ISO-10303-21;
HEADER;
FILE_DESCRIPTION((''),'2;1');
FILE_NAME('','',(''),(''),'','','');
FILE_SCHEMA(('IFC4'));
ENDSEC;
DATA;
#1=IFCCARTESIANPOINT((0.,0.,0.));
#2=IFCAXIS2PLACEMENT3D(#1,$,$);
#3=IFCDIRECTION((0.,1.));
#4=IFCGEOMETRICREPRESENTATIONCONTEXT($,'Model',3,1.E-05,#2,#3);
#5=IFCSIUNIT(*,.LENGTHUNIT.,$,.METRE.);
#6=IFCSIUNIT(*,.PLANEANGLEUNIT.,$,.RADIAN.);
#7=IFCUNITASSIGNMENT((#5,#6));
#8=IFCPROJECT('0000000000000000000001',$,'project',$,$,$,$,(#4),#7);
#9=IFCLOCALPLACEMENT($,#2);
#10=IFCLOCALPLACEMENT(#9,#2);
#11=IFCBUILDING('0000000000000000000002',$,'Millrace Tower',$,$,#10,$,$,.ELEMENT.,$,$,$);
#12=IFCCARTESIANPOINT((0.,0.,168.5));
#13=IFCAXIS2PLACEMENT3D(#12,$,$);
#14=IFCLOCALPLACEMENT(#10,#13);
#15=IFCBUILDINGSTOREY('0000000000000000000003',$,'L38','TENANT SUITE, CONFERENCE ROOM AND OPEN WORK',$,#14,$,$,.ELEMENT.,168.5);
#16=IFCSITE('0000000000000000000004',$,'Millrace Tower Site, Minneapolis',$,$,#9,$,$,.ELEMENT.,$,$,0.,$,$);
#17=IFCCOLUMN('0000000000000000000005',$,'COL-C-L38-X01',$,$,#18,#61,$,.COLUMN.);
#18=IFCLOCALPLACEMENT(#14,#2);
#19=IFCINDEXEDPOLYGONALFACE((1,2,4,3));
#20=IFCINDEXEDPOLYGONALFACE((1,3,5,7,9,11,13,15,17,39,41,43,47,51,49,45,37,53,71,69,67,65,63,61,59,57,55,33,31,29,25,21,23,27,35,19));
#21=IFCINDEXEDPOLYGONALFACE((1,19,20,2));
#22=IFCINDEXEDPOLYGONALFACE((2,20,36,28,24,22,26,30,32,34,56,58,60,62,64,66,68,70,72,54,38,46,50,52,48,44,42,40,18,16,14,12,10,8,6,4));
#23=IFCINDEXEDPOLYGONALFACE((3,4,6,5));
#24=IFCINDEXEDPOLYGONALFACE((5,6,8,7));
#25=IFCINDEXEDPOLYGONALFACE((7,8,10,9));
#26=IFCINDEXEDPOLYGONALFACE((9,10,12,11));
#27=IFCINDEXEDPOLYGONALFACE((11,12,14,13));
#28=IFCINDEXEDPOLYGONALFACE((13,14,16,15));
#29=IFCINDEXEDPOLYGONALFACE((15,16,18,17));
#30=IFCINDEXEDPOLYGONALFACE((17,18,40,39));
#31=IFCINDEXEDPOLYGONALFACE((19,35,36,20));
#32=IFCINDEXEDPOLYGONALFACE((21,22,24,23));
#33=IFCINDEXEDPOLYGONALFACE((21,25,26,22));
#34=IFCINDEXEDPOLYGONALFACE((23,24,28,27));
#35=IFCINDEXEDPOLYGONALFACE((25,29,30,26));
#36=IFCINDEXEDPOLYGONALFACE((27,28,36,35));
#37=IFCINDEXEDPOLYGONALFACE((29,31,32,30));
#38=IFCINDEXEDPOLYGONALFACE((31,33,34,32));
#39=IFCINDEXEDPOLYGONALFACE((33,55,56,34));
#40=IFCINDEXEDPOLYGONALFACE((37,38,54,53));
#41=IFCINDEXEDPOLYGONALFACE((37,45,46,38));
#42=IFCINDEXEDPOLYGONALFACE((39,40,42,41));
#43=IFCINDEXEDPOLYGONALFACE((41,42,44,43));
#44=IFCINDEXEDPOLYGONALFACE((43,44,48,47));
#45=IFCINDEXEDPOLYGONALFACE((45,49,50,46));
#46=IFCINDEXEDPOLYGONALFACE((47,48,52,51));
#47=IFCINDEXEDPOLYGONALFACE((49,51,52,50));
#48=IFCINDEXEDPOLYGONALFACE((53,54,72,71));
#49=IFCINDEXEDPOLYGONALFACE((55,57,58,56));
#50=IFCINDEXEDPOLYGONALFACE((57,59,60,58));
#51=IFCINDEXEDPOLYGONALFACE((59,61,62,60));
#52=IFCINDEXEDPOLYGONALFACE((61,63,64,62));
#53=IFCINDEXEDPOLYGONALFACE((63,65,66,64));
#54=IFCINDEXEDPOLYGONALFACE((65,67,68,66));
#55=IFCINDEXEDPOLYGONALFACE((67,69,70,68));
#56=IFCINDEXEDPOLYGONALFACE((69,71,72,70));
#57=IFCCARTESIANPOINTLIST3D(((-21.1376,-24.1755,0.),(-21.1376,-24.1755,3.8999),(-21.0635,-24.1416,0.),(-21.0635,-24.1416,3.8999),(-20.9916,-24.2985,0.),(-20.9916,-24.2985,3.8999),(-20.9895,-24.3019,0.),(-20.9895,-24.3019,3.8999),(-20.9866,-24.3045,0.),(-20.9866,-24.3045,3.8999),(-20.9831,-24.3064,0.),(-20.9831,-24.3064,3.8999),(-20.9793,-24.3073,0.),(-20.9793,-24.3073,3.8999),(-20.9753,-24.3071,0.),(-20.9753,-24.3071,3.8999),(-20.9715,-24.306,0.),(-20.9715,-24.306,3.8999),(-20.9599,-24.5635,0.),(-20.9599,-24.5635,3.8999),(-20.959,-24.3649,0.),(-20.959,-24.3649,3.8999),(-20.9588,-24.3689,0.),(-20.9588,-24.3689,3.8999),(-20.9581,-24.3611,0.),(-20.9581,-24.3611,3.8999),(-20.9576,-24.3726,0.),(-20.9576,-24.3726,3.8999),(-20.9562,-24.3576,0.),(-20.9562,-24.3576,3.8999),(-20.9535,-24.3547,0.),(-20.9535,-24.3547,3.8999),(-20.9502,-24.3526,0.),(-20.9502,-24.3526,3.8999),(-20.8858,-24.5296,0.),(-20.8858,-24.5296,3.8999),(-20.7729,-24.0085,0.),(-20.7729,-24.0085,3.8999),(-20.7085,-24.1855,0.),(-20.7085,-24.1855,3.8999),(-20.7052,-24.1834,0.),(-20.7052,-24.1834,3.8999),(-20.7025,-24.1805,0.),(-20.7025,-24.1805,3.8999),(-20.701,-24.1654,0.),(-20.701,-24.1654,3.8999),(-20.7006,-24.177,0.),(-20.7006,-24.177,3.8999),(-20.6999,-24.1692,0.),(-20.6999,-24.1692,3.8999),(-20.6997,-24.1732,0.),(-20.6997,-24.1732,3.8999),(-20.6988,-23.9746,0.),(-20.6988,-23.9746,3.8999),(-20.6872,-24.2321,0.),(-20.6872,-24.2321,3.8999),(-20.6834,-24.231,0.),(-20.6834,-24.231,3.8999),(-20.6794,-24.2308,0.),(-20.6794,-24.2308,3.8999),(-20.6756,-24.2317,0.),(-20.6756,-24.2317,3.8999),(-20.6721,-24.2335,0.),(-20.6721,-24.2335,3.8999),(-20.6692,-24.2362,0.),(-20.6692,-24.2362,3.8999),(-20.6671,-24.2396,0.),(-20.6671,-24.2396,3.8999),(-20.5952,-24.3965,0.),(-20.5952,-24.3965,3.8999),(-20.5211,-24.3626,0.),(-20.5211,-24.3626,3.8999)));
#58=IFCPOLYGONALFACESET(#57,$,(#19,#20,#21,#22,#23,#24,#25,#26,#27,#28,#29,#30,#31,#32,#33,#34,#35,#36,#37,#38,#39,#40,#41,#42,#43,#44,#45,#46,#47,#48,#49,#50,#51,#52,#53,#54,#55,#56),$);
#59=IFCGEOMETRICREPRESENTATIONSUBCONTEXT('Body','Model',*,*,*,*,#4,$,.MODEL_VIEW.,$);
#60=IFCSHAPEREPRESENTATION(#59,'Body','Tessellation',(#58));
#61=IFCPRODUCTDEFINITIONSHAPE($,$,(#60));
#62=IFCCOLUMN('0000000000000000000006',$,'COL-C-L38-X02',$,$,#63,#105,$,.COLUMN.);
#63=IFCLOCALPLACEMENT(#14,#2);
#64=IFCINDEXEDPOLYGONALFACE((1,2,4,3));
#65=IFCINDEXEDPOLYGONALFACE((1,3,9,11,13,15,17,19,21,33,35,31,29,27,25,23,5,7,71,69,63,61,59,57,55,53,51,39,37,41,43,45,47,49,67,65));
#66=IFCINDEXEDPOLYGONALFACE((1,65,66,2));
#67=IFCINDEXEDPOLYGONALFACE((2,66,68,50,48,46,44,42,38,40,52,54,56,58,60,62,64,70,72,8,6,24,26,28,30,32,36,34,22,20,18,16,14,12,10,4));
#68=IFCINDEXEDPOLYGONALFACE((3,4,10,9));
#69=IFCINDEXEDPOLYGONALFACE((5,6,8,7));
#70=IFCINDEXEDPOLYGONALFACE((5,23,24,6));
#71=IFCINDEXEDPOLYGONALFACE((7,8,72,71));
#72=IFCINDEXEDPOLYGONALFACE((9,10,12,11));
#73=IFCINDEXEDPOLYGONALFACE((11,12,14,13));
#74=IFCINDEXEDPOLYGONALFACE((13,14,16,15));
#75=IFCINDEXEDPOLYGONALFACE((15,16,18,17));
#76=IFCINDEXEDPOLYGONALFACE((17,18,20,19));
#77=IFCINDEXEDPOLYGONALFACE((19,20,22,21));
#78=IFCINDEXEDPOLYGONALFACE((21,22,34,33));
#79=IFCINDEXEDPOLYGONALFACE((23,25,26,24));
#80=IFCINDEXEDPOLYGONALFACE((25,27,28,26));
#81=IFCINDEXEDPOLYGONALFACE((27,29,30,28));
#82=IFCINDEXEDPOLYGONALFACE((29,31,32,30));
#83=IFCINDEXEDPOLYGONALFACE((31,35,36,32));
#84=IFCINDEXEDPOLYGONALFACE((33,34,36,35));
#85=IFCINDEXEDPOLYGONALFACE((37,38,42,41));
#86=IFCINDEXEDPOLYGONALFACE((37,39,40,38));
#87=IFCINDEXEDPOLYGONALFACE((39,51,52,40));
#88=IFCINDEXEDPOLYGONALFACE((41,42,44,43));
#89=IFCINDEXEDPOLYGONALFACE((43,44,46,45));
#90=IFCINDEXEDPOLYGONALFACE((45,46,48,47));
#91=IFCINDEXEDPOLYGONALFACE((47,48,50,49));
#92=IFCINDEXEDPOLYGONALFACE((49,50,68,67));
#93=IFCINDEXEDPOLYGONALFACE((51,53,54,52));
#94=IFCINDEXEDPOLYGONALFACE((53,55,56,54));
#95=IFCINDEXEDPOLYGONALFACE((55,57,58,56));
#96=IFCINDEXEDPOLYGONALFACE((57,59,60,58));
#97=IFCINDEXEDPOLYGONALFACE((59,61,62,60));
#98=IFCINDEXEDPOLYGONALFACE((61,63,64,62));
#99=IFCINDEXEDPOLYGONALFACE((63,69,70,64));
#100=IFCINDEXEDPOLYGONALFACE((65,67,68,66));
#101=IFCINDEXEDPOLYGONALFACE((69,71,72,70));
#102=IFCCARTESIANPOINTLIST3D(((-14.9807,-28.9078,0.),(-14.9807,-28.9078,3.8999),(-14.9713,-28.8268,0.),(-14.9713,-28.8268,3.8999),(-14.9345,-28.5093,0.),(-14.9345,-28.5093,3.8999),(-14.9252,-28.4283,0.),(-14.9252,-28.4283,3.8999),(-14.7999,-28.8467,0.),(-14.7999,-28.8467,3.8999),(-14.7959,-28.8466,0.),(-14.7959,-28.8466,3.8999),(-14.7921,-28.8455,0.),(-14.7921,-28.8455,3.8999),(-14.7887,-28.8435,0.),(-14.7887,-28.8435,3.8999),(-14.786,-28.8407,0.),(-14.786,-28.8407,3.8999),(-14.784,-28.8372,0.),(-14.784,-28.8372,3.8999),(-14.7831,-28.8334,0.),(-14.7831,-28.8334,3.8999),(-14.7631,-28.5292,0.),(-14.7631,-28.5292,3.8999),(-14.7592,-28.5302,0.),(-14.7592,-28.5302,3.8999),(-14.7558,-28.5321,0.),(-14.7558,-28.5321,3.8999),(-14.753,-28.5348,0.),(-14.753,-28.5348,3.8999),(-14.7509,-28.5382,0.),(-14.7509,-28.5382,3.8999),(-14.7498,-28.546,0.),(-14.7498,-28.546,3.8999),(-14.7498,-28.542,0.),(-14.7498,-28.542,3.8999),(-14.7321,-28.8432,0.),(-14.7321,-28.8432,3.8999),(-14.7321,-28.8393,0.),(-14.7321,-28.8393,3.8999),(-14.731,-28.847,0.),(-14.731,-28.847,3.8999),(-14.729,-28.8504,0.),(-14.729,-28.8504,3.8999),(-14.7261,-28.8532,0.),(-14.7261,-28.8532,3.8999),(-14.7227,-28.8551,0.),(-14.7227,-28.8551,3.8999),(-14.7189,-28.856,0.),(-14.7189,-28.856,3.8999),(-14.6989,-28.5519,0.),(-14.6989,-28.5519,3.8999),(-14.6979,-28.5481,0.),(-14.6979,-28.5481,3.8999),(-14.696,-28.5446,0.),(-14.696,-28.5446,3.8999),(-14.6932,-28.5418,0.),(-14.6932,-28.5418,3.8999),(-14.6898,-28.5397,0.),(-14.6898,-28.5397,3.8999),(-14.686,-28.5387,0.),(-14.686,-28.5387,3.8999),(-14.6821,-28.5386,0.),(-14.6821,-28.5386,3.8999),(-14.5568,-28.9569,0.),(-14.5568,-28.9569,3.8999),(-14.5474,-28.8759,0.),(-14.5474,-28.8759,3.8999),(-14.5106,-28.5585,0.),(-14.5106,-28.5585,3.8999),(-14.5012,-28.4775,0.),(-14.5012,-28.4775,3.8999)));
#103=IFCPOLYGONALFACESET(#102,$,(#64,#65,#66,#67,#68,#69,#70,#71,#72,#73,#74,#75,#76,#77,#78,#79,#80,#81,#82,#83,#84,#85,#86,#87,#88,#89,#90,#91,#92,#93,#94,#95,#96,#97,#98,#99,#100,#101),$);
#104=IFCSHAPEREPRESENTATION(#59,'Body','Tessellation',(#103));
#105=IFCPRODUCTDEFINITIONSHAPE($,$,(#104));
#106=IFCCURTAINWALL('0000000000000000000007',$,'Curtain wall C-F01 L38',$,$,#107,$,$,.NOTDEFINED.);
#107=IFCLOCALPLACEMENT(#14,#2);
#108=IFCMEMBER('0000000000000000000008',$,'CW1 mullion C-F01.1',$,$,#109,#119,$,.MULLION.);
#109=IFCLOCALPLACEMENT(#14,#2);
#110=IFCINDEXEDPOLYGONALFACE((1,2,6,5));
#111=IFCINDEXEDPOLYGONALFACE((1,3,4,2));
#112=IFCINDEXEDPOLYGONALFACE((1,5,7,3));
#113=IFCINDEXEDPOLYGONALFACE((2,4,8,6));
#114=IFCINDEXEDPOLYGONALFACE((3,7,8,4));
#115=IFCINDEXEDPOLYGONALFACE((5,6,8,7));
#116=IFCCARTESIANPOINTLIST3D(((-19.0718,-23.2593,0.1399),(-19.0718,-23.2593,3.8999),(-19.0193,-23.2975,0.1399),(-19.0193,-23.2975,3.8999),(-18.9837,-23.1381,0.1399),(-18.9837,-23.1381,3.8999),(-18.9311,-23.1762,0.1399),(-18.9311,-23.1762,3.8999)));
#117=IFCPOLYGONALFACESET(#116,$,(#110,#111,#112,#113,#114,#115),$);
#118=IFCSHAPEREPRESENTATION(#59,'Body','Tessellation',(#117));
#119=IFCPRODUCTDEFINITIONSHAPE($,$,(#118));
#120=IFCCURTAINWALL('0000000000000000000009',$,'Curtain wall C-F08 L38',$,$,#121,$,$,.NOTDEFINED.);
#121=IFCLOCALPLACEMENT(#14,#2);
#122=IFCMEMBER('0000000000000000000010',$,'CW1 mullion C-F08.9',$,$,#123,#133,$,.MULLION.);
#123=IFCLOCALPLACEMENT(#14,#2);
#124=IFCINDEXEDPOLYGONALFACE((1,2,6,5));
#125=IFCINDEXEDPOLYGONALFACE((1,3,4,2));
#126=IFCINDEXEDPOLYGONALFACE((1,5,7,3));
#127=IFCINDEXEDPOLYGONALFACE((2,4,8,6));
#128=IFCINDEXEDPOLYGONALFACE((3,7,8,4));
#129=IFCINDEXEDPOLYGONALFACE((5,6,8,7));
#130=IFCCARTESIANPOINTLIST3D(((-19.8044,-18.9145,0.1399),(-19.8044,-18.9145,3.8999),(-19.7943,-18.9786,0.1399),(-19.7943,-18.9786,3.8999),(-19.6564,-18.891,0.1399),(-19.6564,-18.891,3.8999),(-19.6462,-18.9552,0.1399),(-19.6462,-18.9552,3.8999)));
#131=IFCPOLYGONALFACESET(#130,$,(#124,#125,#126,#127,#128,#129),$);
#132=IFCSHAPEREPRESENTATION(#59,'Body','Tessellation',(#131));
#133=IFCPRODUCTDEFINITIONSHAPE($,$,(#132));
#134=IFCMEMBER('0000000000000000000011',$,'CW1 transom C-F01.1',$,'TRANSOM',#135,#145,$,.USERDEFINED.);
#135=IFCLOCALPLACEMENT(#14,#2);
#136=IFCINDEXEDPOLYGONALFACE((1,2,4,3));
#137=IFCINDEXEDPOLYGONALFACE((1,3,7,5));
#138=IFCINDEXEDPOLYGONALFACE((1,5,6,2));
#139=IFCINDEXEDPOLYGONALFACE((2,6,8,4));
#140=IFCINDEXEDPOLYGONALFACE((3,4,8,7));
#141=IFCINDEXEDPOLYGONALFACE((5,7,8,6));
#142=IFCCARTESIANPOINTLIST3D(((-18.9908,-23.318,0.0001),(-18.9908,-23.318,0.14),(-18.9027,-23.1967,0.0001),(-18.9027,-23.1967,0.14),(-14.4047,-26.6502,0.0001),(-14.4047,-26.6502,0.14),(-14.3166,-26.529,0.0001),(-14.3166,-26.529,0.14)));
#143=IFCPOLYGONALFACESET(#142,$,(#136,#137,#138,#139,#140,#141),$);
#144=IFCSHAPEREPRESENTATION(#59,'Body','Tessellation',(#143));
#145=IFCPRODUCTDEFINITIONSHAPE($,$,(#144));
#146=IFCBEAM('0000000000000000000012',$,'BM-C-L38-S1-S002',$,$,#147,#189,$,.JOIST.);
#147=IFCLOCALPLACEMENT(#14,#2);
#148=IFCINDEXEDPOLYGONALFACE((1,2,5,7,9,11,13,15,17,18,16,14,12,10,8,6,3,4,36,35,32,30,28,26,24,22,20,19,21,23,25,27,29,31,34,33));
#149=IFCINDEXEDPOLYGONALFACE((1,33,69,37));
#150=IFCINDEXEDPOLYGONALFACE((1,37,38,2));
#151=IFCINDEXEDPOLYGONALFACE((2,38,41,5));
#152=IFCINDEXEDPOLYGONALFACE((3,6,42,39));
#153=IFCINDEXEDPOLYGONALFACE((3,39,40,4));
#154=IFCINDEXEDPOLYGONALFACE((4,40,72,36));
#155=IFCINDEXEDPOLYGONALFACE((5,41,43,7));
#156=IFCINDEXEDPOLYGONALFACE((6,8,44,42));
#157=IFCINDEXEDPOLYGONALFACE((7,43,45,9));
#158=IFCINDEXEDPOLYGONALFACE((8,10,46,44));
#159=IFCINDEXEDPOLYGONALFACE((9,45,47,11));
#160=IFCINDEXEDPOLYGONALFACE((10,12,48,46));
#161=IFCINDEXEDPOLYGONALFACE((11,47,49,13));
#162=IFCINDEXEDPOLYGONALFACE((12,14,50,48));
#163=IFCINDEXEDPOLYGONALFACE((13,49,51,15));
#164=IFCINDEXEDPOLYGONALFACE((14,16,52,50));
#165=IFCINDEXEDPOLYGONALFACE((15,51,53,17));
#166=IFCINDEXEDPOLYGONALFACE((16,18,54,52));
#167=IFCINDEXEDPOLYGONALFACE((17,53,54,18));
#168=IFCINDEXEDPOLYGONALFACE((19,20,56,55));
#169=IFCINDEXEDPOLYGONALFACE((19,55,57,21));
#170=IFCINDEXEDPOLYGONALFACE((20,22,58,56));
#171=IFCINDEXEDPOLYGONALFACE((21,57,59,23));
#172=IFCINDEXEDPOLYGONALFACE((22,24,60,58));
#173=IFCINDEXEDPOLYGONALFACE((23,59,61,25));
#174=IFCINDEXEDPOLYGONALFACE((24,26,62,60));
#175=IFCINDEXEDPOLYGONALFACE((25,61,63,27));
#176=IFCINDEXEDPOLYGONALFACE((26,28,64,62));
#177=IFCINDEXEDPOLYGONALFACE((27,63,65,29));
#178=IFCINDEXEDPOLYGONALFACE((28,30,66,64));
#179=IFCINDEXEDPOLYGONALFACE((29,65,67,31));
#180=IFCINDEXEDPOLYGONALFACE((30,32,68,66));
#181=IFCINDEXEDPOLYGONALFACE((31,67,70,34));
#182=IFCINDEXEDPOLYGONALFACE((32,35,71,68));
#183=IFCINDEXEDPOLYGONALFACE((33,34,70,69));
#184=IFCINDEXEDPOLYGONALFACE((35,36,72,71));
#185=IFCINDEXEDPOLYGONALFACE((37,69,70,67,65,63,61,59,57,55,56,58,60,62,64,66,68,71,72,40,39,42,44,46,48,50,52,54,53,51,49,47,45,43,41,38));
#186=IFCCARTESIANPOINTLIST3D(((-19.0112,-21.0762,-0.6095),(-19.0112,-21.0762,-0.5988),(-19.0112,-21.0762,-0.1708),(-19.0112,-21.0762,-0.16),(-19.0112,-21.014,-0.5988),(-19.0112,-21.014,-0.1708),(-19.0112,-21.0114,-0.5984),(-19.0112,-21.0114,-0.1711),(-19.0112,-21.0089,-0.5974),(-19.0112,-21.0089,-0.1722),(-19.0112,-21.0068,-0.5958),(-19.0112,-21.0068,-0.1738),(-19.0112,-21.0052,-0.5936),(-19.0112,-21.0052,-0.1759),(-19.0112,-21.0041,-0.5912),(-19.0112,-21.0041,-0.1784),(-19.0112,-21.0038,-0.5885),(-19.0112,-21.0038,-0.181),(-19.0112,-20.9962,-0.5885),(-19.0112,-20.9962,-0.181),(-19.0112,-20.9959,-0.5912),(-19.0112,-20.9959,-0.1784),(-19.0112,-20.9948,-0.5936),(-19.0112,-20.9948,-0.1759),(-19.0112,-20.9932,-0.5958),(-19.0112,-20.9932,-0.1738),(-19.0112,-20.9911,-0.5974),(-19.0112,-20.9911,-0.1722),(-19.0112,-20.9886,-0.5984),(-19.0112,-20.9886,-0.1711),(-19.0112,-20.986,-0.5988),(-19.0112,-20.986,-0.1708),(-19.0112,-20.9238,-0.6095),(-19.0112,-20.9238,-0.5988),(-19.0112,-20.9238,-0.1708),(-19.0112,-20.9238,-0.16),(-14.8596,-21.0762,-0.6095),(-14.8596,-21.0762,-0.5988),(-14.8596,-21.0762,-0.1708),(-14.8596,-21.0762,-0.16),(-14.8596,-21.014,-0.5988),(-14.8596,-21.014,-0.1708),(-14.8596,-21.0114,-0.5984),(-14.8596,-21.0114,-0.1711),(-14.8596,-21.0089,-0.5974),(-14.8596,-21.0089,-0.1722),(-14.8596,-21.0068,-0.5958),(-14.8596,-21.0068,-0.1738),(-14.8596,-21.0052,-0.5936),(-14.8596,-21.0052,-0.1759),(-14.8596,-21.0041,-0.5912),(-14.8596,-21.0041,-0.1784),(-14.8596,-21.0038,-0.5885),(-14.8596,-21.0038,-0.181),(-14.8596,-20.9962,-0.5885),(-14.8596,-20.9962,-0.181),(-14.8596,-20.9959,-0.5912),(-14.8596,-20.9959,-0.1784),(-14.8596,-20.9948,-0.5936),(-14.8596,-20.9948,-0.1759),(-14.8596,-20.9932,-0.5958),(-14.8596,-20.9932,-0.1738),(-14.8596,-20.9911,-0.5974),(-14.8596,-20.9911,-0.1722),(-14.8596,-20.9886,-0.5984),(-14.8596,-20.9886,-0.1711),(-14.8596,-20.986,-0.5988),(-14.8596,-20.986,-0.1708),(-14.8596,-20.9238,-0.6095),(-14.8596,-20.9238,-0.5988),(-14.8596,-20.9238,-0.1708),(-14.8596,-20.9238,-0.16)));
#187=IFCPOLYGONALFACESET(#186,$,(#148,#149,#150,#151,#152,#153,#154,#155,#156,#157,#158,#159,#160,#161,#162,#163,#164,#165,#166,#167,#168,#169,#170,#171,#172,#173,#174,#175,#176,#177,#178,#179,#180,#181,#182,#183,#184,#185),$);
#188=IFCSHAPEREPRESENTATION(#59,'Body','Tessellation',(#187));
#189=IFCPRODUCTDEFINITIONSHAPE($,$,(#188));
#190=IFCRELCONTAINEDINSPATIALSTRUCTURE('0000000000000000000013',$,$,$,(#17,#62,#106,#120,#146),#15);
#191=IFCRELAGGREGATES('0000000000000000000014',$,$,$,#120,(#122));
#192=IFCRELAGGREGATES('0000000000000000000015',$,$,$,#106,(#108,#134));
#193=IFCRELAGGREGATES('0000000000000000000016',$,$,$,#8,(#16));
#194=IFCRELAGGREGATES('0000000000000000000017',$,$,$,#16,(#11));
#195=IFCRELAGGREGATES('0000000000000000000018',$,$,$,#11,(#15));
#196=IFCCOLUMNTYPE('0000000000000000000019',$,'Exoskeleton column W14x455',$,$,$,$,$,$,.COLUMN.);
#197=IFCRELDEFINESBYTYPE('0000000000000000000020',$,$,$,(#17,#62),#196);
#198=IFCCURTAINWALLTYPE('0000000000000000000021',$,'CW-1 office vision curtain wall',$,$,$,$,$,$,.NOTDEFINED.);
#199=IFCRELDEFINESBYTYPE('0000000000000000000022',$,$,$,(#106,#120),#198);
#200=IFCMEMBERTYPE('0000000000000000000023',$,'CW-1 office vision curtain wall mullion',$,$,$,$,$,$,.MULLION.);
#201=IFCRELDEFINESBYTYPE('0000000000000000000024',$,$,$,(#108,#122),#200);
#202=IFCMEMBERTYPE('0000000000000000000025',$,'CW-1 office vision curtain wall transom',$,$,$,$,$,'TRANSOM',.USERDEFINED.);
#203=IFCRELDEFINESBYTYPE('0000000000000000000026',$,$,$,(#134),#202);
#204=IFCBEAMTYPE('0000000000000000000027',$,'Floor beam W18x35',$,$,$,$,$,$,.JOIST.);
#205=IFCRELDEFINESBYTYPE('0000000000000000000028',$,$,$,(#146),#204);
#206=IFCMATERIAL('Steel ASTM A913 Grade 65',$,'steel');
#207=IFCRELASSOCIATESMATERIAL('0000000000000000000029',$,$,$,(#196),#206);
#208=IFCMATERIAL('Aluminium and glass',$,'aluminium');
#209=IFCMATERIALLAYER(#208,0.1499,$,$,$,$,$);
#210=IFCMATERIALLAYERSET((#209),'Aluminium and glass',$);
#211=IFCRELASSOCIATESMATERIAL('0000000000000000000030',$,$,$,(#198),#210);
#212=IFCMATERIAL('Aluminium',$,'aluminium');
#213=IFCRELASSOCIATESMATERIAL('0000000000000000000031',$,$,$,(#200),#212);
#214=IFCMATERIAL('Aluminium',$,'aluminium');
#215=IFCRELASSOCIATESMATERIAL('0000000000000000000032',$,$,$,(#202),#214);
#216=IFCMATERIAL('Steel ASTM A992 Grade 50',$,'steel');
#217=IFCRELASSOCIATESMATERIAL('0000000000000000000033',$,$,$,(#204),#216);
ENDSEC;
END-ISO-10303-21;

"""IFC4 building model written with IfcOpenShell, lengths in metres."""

from ifc_helpers import new_model, si_unit, direction, frame, origin, origin_2d, place, context, subcontext, project, spatial, rectangle, i_section, extrude, material, layer, layer_set, material_profile, profile_set, type_object, element, aggregate, save


model = new_model("IFC4")

# Units and contexts
model_context = context("Model", 3, precision=1e-05, world=origin(), true_north=direction((0.0, 1.0)))
body_context = subcontext(model_context, "Body", "Model", "MODEL_VIEW")
ifc_project = project(units=[si_unit("LENGTHUNIT", "METRE"), si_unit("PLANEANGLEUNIT", "RADIAN")], contexts=[model_context])

# Site, building, storey
site_placement = place(None, origin())
site = spatial("IfcSite", under=ifc_project, at=site_placement, Name="Millrace Tower Site, Minneapolis", CompositionType="ELEMENT", RefElevation=0.0)
building_placement = place(site_placement, origin())
building = spatial("IfcBuilding", under=site, at=building_placement, Name="Millrace Tower", CompositionType="ELEMENT")
storey_placement = place(building_placement, frame((0.0, 0.0, 168.5)))
storey = spatial("IfcBuildingStorey", under=building, at=storey_placement, Name="L38", Description="TENANT SUITE, CONFERENCE ROOM AND OPEN WORK", CompositionType="ELEMENT", Elevation=168.5)

# Columns
ifc_material_1 = material(Name="Steel ASTM A913 Grade 65", Category="steel")
ifc_material_profile_1 = material_profile(ifc_material_1, i_section(OverallWidth=0.4268, OverallDepth=0.4827, WebThickness=0.0513, FlangeThickness=0.0815, FilletRadius=0.0151, at=origin_2d()))
ifc_profile_set_1 = profile_set([ifc_material_profile_1], Name="Steel ASTM A913 Grade 65")
column_type = type_object("IfcColumnType", Name="Exoskeleton column W14x455", PredefinedType="COLUMN", material=ifc_profile_set_1)
for number, where, z_axis, x_axis, name in (
    (1, (-20.8293, -24.269, 0.0), (0.0, 0.0, 1.0), (0.416401, -0.909181, 0.0), "COL-C-L38-X01"),
    (2, (-14.741, -28.6926, 0.0), (0.0, 0.0, 1.0), (0.993358, -0.115069, 0.0), "COL-C-L38-X02"),
):
    element("IfcColumn", number, at=place(storey_placement, frame(where, z_axis=z_axis, x_axis=x_axis)), inside=storey, type_object=column_type, Name=name, PredefinedType="COLUMN", context=body_context, shape_type="SweptSolid", body=[
        extrude(i_section(OverallWidth=0.4268, OverallDepth=0.4827, WebThickness=0.0513, FlangeThickness=0.0815, FilletRadius=0.0151, at=origin_2d()), origin(), (0.0, 0.0, 1.0), 3.8999),
    ])

# Curtain walls, members
ifc_material_2 = material(Name="Aluminium and glass", Category="aluminium")
ifc_layer_1 = layer(ifc_material_2, 0.1499)
ifc_layer_set_1 = layer_set([ifc_layer_1], Name="Aluminium and glass")
curtain_wall_type = type_object("IfcCurtainWallType", Name="CW-1 office vision curtain wall", PredefinedType="NOTDEFINED", material=ifc_layer_set_1)
placement = place(storey_placement, origin())
curtain_wall_1 = element("IfcCurtainWall", 3, at=placement, inside=storey, type_object=curtain_wall_type, Name="Curtain wall C-F01 L38", PredefinedType="NOTDEFINED")
ifc_material_3 = material(Name="Aluminium", Category="aluminium")
ifc_material_profile_2 = material_profile(ifc_material_3, rectangle(XDim=0.0649, YDim=0.1499, at=origin_2d()))
ifc_profile_set_2 = profile_set([ifc_material_profile_2], Name="Aluminium")
member_type_1 = type_object("IfcMemberType", Name="CW-1 office vision curtain wall mullion", PredefinedType="MULLION", material=ifc_profile_set_2)
member_1_placement = place(storey_placement, frame((-19.0015, -23.2178, 0.1399), z_axis=(0.0, 0.0, 1.0), x_axis=(0.809017, -0.587785, 0.0)))
member_1 = element("IfcMember", 4, at=member_1_placement, type_object=member_type_1, Name="CW1 mullion C-F01.1", PredefinedType="MULLION", context=body_context, shape_type="SweptSolid", body=[
    extrude(rectangle(XDim=0.0649, YDim=0.1499, at=origin_2d()), origin(), (0.0, 0.0, 1.0), 3.76),
])
curtain_wall_2 = element("IfcCurtainWall", 5, at=placement, inside=storey, type_object=curtain_wall_type, Name="Curtain wall C-F08 L38", PredefinedType="NOTDEFINED")
member_2_placement = place(storey_placement, frame((-19.7253, -18.9348, 0.1399), z_axis=(0.0, 0.0, 1.0), x_axis=(0.156434, -0.987688, 0.0)))
member_2 = element("IfcMember", 6, at=member_2_placement, type_object=member_type_1, Name="CW1 mullion C-F08.9", PredefinedType="MULLION", context=body_context, shape_type="SweptSolid", body=[
    extrude(rectangle(XDim=0.0649, YDim=0.1499, at=origin_2d()), origin(), (0.0, 0.0, 1.0), 3.76),
])
aggregate(curtain_wall_2, [member_2])

# Member
ifc_material_4 = material(Name="Aluminium", Category="aluminium")
ifc_material_profile_3 = material_profile(ifc_material_4, rectangle(XDim=0.1499, YDim=0.1399, at=origin_2d()))
ifc_profile_set_3 = profile_set([ifc_material_profile_3], Name="Aluminium")
member_type_2 = type_object("IfcMemberType", Name="CW-1 office vision curtain wall transom", ElementType="TRANSOM", PredefinedType="USERDEFINED", material=ifc_profile_set_3)
member_3_placement = place(storey_placement, frame((-18.9468, -23.2573, 0.0701), z_axis=(0.808999, -0.587811, 0.0), x_axis=(0.587811, 0.808999, 0.0)))
member_3 = element("IfcMember", 7, at=member_3_placement, type_object=member_type_2, Name="CW1 transom C-F01.1", ObjectType="TRANSOM", PredefinedType="USERDEFINED", context=body_context, shape_type="SweptSolid", body=[
    extrude(rectangle(XDim=0.1499, YDim=0.1399, at=origin_2d()), origin(), (0.0, 0.0, 1.0), 5.6689),
])
aggregate(curtain_wall_1, [member_1, member_3])

# Beam
ifc_material_5 = material(Name="Steel ASTM A992 Grade 50", Category="steel")
ifc_material_profile_4 = material_profile(ifc_material_5, i_section(OverallWidth=0.1523, OverallDepth=0.4495, WebThickness=0.0076, FlangeThickness=0.0107, FilletRadius=0.0103, at=origin_2d()))
ifc_profile_set_4 = profile_set([ifc_material_profile_4], Name="Steel ASTM A992 Grade 50")
beam_type_1 = type_object("IfcBeamType", Name="Floor beam W18x35", PredefinedType="JOIST", material=ifc_profile_set_4)
beam_1_placement = place(storey_placement, frame((-19.0112, -21.0, -0.3848), z_axis=(1.0, 0.0, 0.0), x_axis=(0.0, 1.0, 0.0)))
element("IfcBeam", 8, at=beam_1_placement, inside=storey, type_object=beam_type_1, Name="BM-C-L38-S1-S002", PredefinedType="JOIST", context=body_context, shape_type="SweptSolid", body=[
    extrude(i_section(OverallWidth=0.1523, OverallDepth=0.4495, WebThickness=0.0076, FlangeThickness=0.0107, FilletRadius=0.0103, at=origin_2d()), origin(), (0.0, 0.0, 1.0), 4.1516),
])

save(model, "model.ifc")
